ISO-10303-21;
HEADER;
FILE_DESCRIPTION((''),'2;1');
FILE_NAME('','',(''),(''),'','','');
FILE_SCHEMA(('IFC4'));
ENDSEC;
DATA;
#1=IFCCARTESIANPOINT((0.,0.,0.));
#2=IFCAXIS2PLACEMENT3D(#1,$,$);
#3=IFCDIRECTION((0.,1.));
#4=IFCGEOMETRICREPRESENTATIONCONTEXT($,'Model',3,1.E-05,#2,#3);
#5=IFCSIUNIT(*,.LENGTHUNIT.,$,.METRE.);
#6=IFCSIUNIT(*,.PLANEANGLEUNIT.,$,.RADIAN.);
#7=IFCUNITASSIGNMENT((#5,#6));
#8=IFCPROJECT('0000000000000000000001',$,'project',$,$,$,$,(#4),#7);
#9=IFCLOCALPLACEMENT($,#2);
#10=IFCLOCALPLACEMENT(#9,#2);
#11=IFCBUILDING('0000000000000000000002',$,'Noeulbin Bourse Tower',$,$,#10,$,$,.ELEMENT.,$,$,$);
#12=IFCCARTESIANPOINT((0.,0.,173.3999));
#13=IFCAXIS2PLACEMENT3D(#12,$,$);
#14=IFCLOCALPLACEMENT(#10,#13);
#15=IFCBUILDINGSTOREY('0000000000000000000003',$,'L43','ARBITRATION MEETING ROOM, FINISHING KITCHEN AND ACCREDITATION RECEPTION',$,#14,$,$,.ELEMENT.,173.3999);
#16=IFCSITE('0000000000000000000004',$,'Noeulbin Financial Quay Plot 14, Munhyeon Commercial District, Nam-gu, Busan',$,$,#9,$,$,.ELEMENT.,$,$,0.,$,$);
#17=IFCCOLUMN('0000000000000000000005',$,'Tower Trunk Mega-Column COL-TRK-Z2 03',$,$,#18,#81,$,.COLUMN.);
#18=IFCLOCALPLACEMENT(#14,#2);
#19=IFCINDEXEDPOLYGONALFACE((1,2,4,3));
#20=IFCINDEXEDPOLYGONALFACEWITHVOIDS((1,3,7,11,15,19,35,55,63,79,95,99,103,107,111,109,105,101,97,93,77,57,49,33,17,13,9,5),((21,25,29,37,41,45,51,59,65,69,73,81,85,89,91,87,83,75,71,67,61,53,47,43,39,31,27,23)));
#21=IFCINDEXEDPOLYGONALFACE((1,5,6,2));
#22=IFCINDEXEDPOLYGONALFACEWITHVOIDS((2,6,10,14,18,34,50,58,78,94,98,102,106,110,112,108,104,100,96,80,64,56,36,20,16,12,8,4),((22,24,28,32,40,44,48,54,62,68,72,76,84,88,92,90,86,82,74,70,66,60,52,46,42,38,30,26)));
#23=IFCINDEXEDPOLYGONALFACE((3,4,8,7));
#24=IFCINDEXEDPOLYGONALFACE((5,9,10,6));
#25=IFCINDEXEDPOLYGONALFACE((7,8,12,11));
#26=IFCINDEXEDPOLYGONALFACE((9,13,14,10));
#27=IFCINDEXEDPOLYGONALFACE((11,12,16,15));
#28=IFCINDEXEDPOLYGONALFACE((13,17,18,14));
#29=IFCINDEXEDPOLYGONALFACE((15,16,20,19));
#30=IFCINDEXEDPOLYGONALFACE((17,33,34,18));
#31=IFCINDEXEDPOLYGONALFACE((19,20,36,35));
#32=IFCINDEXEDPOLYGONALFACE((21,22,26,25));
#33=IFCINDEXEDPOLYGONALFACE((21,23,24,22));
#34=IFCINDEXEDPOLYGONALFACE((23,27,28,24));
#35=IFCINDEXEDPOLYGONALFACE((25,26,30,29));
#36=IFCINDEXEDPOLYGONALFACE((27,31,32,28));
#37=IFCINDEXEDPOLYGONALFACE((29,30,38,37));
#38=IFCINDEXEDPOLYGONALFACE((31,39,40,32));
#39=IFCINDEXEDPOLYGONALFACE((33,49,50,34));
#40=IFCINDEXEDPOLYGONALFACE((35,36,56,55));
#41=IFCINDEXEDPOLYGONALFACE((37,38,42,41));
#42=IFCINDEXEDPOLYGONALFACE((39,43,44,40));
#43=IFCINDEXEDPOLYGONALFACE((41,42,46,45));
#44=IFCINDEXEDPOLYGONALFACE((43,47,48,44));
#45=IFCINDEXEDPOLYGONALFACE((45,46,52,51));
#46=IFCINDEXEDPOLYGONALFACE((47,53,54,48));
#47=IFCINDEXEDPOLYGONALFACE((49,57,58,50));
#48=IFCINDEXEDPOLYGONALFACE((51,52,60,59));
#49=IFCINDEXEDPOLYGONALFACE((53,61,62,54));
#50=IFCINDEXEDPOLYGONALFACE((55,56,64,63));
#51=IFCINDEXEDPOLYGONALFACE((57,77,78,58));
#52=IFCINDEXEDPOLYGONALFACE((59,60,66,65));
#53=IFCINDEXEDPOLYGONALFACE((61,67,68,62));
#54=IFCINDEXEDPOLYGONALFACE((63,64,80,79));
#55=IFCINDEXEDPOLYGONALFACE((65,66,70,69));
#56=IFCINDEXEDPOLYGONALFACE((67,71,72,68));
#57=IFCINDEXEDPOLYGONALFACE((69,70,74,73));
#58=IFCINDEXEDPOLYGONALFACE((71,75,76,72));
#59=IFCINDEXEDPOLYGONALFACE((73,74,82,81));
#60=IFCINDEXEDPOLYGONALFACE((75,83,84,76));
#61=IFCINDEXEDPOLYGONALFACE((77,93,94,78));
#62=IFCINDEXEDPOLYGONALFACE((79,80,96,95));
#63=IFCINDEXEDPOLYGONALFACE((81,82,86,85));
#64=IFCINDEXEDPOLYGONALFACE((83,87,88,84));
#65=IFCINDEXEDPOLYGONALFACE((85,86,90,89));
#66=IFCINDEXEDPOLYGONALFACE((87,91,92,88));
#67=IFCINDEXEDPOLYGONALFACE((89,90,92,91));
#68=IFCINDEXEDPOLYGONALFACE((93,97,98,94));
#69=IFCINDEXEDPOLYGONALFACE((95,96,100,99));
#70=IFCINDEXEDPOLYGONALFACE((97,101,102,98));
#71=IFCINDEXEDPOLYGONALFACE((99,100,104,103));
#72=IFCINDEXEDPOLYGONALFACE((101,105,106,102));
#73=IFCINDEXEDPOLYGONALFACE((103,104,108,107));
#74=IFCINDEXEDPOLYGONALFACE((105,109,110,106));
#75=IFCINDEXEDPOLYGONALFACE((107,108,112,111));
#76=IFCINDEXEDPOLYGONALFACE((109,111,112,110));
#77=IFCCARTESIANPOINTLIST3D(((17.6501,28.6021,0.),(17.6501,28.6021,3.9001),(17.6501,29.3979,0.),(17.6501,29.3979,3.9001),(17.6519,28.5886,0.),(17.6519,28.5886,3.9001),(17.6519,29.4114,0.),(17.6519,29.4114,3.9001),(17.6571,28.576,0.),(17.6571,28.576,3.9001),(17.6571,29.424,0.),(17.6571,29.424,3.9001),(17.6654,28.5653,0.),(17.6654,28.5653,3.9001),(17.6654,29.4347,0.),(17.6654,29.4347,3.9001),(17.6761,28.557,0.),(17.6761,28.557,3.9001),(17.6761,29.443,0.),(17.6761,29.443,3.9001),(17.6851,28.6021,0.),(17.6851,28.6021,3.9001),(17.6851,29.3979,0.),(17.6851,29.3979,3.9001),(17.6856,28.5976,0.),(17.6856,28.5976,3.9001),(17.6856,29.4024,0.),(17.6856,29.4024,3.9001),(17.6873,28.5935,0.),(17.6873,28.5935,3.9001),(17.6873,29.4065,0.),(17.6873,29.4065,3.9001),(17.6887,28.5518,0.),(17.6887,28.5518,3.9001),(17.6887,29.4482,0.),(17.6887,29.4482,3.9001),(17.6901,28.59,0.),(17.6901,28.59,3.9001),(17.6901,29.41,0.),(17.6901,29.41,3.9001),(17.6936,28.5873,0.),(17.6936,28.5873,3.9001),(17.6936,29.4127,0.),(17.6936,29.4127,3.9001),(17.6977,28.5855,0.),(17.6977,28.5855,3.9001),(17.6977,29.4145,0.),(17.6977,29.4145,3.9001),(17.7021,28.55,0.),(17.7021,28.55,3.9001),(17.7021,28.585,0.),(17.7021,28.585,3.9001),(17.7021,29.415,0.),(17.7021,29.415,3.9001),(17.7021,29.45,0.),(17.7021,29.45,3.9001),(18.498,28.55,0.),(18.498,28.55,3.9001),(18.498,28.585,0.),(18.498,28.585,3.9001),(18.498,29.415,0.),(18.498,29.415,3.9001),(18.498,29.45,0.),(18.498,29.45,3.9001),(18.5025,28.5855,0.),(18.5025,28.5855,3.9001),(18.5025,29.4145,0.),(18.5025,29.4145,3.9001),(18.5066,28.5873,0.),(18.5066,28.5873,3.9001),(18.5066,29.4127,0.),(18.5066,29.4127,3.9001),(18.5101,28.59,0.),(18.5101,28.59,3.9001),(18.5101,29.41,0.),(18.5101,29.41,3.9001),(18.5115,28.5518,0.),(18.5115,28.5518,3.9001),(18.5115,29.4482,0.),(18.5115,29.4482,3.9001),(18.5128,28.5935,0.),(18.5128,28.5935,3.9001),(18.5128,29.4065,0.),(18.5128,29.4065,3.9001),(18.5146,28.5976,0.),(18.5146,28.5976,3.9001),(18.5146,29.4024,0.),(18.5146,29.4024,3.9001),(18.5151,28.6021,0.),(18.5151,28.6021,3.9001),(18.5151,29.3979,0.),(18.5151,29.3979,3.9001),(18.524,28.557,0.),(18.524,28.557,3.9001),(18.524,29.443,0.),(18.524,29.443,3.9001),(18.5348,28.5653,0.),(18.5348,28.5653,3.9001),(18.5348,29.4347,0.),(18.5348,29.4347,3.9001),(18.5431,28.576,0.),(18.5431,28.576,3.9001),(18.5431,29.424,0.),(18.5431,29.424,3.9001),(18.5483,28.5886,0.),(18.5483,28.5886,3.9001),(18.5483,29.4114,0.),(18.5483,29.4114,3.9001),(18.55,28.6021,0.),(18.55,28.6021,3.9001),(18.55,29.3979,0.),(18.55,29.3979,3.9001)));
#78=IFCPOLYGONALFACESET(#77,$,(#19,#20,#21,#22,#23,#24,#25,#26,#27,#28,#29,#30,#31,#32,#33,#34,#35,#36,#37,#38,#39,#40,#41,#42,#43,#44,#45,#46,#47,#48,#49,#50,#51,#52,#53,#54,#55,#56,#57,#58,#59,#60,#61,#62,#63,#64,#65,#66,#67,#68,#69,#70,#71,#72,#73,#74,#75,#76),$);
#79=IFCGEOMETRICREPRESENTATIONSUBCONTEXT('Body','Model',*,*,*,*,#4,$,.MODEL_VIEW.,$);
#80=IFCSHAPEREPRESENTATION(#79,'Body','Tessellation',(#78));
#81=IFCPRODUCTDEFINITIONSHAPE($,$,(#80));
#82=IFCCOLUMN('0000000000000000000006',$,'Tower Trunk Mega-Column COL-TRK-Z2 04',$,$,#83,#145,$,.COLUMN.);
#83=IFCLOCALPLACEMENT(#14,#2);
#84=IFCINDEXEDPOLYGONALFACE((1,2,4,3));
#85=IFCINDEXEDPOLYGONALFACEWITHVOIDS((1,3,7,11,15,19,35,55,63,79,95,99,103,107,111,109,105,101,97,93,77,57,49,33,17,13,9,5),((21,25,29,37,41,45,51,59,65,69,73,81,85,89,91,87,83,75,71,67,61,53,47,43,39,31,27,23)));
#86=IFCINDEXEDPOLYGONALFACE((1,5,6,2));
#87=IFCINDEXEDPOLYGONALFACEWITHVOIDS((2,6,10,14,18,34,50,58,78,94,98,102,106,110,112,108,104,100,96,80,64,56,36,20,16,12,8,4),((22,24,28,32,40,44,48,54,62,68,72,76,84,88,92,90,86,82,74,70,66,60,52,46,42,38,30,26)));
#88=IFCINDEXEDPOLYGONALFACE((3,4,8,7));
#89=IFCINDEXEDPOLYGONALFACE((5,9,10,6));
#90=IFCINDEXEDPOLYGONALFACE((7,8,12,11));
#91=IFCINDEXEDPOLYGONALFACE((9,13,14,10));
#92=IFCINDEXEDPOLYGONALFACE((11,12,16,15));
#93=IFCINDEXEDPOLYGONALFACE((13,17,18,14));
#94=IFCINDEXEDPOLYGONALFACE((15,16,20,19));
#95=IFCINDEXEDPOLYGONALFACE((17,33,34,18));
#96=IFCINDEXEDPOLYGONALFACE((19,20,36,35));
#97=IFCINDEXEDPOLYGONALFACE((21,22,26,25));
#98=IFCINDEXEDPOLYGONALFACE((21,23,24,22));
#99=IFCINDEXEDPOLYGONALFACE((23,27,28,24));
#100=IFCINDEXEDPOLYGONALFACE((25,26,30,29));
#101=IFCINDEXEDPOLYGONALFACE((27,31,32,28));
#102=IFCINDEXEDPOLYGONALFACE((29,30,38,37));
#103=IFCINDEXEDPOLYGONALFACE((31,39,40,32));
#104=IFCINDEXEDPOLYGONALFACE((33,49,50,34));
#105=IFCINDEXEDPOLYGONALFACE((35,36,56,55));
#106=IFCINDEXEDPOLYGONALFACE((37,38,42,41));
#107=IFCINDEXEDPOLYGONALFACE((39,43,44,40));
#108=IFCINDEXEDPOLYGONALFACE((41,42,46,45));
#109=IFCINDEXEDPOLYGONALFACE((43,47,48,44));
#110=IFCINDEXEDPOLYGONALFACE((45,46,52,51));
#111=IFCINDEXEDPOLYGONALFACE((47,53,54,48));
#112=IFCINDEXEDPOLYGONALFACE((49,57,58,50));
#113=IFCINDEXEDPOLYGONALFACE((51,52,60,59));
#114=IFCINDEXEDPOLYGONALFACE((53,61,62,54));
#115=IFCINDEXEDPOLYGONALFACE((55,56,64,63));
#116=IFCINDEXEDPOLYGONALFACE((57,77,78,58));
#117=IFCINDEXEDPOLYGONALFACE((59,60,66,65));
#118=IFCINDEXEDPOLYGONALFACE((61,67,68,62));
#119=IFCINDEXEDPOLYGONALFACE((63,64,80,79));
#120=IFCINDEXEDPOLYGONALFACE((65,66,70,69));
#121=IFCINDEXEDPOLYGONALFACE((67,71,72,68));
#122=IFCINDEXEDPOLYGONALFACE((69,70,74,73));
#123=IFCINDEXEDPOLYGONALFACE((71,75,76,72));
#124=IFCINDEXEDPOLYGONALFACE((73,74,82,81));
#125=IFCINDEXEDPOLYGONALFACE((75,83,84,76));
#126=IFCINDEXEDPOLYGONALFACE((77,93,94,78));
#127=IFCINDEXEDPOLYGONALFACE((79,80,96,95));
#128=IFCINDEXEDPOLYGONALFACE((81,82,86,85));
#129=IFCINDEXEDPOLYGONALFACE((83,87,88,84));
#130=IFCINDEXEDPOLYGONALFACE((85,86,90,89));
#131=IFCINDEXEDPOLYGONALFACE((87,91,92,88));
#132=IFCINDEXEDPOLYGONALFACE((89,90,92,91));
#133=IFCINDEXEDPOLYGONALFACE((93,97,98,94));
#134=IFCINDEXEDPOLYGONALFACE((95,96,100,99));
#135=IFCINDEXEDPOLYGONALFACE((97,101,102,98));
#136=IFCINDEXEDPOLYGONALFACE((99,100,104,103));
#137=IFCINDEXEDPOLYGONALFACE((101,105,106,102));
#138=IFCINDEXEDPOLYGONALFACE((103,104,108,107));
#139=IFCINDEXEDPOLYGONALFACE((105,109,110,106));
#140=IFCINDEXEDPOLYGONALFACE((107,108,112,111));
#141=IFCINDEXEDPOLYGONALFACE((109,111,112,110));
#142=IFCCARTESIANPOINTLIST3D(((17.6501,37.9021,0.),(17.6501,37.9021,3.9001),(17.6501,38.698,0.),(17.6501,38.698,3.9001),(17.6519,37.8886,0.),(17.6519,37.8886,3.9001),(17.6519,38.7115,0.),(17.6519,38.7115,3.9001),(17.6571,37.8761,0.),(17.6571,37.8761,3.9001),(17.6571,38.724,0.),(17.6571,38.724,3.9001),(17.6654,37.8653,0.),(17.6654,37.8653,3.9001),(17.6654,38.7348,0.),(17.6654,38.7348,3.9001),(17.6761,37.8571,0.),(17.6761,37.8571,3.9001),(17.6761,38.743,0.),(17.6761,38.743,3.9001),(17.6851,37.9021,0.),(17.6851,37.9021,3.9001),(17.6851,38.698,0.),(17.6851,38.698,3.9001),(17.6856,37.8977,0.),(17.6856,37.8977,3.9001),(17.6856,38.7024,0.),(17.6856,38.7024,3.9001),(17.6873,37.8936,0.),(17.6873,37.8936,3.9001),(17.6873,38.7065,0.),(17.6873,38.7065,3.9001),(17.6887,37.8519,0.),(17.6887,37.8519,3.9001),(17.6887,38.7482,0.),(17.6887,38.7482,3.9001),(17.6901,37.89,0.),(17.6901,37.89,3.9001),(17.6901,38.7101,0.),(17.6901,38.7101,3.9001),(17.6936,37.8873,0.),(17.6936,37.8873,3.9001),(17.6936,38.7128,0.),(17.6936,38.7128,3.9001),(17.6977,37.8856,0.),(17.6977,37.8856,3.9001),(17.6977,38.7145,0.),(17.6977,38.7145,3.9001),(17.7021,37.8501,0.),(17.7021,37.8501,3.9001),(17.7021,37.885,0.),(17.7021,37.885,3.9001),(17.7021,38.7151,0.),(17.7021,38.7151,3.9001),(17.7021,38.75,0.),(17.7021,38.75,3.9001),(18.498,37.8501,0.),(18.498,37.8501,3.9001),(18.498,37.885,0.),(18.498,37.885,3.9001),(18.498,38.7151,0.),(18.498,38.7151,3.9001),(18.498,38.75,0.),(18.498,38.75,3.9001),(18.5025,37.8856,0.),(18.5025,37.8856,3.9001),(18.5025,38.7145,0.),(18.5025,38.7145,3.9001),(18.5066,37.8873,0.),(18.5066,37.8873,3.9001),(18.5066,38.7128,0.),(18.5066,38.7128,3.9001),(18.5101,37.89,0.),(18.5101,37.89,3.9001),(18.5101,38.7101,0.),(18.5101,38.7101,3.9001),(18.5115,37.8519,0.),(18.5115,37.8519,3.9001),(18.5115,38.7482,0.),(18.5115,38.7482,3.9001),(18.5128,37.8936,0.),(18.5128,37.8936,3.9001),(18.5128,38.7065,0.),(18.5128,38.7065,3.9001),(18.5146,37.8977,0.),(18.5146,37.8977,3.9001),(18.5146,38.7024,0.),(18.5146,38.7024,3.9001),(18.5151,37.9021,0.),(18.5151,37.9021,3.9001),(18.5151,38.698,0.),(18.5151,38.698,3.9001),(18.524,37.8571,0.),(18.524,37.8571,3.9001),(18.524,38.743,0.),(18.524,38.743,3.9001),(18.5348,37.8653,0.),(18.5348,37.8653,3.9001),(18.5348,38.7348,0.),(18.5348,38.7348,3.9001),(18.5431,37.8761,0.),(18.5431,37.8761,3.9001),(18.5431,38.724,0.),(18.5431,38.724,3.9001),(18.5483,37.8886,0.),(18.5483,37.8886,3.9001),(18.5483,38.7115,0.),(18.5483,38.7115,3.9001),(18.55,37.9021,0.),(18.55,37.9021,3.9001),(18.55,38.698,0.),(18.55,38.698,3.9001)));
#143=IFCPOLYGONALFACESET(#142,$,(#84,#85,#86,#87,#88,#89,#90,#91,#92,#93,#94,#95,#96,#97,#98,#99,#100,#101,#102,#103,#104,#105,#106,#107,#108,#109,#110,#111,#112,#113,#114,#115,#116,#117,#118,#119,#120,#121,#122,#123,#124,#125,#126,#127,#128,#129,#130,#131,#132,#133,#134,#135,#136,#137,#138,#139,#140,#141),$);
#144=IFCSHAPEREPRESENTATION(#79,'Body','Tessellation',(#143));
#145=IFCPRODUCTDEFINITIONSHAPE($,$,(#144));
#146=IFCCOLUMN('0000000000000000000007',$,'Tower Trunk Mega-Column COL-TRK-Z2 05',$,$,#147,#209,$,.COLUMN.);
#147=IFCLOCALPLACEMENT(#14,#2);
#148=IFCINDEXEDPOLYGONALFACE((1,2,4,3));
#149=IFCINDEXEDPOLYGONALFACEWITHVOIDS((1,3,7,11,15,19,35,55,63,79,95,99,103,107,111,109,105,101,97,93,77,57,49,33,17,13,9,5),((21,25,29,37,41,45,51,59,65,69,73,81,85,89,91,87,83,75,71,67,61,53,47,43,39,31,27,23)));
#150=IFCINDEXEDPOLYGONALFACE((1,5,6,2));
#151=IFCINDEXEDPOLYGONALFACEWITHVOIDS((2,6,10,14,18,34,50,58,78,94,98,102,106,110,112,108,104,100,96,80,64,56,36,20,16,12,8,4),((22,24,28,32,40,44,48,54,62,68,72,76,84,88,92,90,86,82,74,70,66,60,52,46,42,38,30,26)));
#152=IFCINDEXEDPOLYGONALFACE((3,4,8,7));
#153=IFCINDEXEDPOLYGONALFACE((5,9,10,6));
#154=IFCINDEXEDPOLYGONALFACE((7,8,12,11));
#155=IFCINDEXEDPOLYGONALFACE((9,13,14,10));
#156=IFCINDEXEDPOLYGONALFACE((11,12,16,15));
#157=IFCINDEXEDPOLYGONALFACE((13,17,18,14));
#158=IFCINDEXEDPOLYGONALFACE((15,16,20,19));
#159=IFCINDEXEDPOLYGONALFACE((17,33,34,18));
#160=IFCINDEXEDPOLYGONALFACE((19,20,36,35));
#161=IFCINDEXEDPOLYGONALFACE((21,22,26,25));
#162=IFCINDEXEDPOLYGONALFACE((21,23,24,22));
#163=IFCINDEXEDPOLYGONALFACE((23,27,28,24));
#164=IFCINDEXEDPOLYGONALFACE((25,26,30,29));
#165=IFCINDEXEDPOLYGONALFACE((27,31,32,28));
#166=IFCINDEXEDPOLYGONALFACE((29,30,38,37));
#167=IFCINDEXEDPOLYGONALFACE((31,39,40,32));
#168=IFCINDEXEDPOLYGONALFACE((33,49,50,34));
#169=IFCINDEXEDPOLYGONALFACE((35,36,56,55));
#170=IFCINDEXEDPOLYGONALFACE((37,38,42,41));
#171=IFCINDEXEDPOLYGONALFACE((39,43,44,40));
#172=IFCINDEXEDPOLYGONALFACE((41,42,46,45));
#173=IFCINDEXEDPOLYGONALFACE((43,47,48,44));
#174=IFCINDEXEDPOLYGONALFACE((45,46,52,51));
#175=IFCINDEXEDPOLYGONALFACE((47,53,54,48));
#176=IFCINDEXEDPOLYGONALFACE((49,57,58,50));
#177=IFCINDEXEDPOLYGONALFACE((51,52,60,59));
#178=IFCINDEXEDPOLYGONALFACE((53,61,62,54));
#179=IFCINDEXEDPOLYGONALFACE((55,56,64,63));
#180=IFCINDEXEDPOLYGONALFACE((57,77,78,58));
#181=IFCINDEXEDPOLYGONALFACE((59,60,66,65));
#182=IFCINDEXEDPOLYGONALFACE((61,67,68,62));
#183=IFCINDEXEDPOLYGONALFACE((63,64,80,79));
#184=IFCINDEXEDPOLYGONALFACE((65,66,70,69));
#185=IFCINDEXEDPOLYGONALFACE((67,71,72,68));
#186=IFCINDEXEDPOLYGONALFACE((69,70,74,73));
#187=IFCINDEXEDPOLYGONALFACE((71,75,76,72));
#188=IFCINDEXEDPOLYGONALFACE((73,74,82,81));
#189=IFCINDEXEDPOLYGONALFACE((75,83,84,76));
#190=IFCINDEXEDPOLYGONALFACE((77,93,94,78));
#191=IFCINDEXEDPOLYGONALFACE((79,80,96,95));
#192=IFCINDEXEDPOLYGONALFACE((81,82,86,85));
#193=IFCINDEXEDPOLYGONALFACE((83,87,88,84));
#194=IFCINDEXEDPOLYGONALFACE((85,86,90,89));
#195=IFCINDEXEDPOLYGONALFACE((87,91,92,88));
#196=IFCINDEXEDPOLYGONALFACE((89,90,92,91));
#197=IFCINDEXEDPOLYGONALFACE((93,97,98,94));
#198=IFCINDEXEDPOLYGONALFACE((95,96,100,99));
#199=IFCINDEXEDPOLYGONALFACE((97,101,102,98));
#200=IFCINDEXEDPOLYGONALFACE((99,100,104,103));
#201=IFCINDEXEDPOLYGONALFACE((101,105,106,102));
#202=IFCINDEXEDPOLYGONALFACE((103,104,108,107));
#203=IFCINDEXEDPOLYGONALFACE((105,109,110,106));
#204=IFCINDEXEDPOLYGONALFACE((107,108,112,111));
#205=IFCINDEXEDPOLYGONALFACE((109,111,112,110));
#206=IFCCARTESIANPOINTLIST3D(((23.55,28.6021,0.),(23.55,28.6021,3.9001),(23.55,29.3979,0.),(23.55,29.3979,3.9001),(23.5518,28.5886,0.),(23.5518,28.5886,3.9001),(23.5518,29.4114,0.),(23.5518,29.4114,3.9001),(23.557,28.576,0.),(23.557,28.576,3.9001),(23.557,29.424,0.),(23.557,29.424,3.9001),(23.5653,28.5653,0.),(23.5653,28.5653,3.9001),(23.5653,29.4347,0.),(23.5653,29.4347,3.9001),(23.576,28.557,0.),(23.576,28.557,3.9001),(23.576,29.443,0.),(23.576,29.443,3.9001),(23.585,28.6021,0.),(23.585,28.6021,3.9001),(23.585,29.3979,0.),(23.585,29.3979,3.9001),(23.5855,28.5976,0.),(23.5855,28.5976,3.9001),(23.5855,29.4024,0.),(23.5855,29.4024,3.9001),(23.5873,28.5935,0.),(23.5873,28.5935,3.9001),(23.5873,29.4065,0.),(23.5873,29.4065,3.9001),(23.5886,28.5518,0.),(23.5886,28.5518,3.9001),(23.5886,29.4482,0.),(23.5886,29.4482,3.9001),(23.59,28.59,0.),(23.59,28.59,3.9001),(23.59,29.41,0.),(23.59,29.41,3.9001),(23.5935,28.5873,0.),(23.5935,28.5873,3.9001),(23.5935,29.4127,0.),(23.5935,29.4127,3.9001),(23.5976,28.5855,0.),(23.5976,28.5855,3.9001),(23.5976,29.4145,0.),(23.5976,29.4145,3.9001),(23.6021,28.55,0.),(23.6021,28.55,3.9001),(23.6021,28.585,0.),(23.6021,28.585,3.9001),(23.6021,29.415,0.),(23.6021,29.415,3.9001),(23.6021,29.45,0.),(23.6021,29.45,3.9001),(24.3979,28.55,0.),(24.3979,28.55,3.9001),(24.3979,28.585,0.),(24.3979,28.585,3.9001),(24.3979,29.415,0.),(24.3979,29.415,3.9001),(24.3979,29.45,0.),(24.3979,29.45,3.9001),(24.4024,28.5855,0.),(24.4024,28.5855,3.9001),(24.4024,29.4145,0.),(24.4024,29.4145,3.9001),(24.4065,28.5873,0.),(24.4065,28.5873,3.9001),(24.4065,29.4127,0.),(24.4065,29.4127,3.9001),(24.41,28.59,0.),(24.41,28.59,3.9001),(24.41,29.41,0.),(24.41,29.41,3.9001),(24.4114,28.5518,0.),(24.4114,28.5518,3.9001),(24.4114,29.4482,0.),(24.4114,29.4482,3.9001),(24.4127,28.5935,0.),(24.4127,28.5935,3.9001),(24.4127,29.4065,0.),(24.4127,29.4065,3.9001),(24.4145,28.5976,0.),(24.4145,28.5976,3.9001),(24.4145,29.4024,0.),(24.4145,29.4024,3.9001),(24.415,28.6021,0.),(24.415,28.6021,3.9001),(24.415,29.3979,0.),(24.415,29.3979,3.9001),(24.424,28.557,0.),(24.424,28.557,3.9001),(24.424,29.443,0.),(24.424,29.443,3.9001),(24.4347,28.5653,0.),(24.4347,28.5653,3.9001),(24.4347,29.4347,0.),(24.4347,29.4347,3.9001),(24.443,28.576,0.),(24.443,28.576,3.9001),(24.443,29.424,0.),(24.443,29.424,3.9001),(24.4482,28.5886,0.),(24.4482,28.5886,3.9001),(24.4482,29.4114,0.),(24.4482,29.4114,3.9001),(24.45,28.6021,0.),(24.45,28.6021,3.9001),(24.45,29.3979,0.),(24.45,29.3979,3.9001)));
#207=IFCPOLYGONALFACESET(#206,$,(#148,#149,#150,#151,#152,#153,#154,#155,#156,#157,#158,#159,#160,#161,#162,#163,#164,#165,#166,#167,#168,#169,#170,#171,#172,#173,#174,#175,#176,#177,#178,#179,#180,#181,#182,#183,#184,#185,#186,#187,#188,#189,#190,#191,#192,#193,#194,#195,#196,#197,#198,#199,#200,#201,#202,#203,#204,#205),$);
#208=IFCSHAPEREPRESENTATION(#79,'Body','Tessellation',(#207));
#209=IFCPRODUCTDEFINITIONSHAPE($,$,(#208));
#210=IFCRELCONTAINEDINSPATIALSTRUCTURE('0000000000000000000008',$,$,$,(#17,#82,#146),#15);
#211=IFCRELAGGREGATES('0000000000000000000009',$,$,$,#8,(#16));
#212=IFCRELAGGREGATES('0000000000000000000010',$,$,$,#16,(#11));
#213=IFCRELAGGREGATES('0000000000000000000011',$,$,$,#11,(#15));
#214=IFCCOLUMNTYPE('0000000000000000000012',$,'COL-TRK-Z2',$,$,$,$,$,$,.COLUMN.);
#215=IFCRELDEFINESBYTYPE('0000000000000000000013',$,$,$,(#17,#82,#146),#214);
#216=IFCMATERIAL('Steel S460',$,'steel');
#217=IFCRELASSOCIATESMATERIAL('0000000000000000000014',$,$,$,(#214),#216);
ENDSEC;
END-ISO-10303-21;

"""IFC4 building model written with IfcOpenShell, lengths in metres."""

from ifc_helpers import new_model, si_unit, direction, frame, origin, origin_2d, place, context, subcontext, project, spatial, hollow_rectangle, extrude, material, material_profile, profile_set, type_object, element, save


model = new_model("IFC4")

# Units and contexts
model_context = context("Model", 3, precision=1e-05, world=origin(), true_north=direction((0.0, 1.0)))
body_context = subcontext(model_context, "Body", "Model", "MODEL_VIEW")
ifc_project = project(units=[si_unit("LENGTHUNIT", "METRE"), si_unit("PLANEANGLEUNIT", "RADIAN")], contexts=[model_context])

# Site, building, storey
site_placement = place(None, origin())
site = spatial("IfcSite", under=ifc_project, at=site_placement, Name="Noeulbin Financial Quay Plot 14, Munhyeon Commercial District, Nam-gu, Busan", CompositionType="ELEMENT", RefElevation=0.0)
building_placement = place(site_placement, origin())
building = spatial("IfcBuilding", under=site, at=building_placement, Name="Noeulbin Bourse Tower", CompositionType="ELEMENT")
storey_placement = place(building_placement, frame((0.0, 0.0, 173.3999)))
storey = spatial("IfcBuildingStorey", under=building, at=storey_placement, Name="L43", Description="ARBITRATION MEETING ROOM, FINISHING KITCHEN AND ACCREDITATION RECEPTION", CompositionType="ELEMENT", Elevation=173.3999)

# Columns
ifc_material_1 = material(Name="Steel S460", Category="steel")
ifc_material_profile_1 = material_profile(ifc_material_1, hollow_rectangle(XDim=0.8999, YDim=0.8999, WallThickness=0.0349, InnerFilletRadius=0.0171, OuterFilletRadius=0.052, at=origin_2d()), Name="BOX-900x900x35", Category="LoadBearing")
ifc_profile_set_1 = profile_set([ifc_material_profile_1], Name="Steel S460")
column_type = type_object("IfcColumnType", Name="COL-TRK-Z2", PredefinedType="COLUMN", material=ifc_profile_set_1)
for number, where, z_axis, x_axis, name in (
    (1, (18.1001, 29.0, 0.0), (0.0, 0.0, 1.0), (1.0, 0.0, 0.0), "Tower Trunk Mega-Column COL-TRK-Z2 03"),
    (2, (18.1001, 38.3, 0.0), (0.0, 0.0, 1.0), (1.0, 0.0, 0.0), "Tower Trunk Mega-Column COL-TRK-Z2 04"),
    (3, (24.0, 29.0, 0.0), (0.0, 0.0, 1.0), (1.0, 0.0, 0.0), "Tower Trunk Mega-Column COL-TRK-Z2 05"),
):
    element("IfcColumn", number, at=place(storey_placement, frame(where, z_axis=z_axis, x_axis=x_axis)), inside=storey, type_object=column_type, Name=name, PredefinedType="COLUMN", context=body_context, shape_type="SweptSolid", body=[
        extrude(hollow_rectangle(XDim=0.8999, YDim=0.8999, WallThickness=0.0349, InnerFilletRadius=0.0171, OuterFilletRadius=0.052, at=origin_2d()), origin(), (0.0, 0.0, 1.0), 3.9001),
    ])

save(model, "model.ifc")
